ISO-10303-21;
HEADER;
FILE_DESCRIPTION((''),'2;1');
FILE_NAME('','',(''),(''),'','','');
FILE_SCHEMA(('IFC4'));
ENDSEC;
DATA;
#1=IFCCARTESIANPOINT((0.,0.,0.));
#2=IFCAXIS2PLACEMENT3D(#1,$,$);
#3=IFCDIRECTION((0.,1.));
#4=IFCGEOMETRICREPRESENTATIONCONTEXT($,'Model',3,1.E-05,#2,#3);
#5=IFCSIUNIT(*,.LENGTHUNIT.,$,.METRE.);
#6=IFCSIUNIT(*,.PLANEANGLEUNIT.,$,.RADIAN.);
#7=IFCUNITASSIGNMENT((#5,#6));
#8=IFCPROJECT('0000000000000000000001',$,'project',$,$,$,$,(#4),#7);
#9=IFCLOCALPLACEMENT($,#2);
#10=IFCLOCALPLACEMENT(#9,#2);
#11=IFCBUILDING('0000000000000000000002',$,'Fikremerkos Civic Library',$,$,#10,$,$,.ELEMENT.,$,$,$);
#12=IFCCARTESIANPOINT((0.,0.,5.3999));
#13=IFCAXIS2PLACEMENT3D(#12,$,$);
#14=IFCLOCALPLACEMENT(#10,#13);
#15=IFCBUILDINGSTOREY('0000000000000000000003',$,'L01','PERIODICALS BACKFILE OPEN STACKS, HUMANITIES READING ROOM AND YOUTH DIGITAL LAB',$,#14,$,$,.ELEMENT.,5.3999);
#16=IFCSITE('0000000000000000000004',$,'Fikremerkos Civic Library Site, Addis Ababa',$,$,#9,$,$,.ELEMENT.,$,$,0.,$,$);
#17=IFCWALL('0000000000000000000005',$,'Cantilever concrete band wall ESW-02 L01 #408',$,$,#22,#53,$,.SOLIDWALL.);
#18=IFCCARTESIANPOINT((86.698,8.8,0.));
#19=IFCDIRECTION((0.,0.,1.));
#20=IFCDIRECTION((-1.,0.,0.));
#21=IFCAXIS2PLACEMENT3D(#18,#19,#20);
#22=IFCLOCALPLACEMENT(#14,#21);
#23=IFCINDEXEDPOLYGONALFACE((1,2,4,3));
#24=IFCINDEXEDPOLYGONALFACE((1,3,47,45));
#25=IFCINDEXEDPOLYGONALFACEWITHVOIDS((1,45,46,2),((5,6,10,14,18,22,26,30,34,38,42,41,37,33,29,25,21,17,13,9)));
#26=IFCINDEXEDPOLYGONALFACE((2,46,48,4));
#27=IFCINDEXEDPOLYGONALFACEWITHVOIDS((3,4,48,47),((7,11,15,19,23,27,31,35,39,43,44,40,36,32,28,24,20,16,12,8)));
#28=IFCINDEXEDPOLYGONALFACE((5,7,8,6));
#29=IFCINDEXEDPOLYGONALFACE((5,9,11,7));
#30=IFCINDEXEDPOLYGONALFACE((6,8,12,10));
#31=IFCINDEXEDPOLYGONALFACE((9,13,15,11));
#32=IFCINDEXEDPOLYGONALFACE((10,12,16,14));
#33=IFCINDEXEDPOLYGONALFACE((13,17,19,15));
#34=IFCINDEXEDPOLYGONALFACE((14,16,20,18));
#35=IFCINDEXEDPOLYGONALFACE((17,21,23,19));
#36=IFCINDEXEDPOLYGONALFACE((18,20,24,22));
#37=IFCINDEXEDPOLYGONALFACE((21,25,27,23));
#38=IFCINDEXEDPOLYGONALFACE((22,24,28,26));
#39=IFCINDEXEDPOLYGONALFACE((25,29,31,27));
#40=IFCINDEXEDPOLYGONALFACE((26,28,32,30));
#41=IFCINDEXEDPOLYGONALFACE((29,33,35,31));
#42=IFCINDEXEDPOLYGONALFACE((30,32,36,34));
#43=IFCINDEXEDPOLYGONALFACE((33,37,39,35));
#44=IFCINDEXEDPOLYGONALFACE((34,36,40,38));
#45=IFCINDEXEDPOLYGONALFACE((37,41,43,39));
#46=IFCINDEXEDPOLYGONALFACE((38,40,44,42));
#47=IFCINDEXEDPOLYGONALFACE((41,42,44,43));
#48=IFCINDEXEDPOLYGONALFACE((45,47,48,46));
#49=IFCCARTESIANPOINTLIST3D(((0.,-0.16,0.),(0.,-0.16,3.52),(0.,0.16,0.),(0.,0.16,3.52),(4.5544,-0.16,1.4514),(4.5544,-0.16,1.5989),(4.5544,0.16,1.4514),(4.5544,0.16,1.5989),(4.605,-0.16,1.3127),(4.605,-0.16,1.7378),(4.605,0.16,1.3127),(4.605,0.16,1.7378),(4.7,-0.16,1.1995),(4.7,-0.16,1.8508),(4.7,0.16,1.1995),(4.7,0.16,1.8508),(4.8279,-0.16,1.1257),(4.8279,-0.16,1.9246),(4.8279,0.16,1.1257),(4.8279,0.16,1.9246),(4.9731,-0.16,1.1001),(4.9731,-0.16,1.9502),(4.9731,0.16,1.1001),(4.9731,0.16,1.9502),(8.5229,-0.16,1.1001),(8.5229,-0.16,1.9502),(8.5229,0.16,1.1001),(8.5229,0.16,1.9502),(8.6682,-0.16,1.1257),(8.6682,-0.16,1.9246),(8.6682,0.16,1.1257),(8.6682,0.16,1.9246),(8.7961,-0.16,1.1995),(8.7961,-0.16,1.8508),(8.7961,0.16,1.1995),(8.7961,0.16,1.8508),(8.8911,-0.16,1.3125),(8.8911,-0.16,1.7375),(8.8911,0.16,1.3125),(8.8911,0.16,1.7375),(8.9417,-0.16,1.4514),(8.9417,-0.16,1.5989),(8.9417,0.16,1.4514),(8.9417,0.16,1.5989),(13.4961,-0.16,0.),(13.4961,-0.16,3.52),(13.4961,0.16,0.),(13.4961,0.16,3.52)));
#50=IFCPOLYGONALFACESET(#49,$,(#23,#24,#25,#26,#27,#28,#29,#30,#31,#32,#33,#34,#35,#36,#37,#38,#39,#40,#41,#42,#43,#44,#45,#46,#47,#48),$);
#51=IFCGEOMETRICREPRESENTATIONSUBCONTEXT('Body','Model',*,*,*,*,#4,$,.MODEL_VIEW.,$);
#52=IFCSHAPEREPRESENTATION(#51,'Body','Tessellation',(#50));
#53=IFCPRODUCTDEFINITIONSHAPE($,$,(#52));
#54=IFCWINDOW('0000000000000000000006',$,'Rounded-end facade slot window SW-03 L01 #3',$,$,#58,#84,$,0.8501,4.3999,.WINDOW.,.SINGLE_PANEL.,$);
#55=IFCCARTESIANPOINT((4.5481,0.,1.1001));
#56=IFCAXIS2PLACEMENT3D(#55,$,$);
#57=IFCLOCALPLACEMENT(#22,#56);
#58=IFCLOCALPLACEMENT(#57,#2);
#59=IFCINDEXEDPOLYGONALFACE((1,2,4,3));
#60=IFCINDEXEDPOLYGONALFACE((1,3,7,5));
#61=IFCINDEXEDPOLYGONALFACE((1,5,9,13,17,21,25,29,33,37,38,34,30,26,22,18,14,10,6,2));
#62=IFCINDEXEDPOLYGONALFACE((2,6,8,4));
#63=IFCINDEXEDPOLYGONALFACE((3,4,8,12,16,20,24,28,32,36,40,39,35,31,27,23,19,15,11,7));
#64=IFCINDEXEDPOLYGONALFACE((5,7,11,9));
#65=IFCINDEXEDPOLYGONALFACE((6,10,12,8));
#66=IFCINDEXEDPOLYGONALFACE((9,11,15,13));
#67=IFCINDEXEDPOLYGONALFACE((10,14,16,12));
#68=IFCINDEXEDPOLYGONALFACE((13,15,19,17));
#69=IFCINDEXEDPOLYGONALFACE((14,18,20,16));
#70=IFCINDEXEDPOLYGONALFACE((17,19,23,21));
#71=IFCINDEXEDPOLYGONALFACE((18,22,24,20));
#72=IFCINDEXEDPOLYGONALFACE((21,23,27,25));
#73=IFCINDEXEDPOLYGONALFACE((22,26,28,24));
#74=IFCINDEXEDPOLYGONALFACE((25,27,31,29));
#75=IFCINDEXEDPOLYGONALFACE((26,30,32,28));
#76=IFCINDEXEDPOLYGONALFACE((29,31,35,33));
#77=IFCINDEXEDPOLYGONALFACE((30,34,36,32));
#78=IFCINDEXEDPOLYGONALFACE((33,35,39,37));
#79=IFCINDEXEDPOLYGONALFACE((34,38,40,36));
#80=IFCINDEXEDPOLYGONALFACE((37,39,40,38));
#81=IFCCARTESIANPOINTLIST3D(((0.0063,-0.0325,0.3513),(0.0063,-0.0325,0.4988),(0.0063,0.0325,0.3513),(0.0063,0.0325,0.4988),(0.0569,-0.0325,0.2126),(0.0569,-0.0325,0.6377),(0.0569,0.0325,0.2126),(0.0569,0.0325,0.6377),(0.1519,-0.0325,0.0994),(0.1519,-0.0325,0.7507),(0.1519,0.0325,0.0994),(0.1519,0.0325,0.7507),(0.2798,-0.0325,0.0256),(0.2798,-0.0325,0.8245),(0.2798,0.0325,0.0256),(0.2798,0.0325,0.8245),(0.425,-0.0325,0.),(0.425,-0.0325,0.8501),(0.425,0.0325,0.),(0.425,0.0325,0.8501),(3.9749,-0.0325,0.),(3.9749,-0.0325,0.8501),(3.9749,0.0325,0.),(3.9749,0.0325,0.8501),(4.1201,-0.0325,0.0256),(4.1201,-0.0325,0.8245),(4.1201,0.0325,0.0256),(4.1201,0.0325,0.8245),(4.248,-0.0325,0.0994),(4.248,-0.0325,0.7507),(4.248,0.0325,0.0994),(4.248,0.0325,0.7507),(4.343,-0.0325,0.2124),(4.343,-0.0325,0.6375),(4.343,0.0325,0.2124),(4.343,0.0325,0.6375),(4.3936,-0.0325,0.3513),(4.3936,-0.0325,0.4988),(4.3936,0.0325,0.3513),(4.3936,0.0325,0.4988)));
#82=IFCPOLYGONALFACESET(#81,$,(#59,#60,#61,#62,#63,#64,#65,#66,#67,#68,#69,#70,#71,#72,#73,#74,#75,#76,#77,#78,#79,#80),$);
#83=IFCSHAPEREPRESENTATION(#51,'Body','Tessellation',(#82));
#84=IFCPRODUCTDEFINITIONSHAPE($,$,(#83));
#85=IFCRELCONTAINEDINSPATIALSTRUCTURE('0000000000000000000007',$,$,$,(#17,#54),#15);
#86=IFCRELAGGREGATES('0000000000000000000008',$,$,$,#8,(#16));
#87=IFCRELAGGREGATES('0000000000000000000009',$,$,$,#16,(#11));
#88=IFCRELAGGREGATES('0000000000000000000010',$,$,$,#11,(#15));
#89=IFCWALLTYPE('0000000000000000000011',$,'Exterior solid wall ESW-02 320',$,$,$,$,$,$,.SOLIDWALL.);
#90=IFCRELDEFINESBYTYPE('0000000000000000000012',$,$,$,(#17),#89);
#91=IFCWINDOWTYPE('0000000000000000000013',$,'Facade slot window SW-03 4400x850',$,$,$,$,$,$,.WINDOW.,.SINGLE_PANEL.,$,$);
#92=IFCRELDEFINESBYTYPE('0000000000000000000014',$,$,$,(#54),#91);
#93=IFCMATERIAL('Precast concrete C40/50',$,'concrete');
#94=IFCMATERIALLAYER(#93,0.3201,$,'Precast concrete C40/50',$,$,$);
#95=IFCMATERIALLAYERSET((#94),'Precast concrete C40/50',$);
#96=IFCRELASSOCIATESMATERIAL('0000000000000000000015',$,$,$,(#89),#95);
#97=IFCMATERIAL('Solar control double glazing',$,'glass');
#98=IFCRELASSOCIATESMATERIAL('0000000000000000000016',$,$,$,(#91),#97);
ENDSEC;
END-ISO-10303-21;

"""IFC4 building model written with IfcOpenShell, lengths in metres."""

from ifc_helpers import new_model, si_unit, direction, frame, frame_2d, origin, place, context, subcontext, project, spatial, polyline, rectangle, outline, extrude, material, layer, layer_set, type_object, element, fill, save


model = new_model("IFC4")

# Units and contexts
model_context = context("Model", 3, precision=1e-05, world=origin(), true_north=direction((0.0, 1.0)))
body_context = subcontext(model_context, "Body", "Model", "MODEL_VIEW")
ifc_project = project(units=[si_unit("LENGTHUNIT", "METRE"), si_unit("PLANEANGLEUNIT", "RADIAN")], contexts=[model_context])

# Site, building, storey
site_placement = place(None, origin())
site = spatial("IfcSite", under=ifc_project, at=site_placement, Name="Fikremerkos Civic Library Site, Addis Ababa", CompositionType="ELEMENT", RefElevation=0.0)
building_placement = place(site_placement, origin())
building = spatial("IfcBuilding", under=site, at=building_placement, Name="Fikremerkos Civic Library", CompositionType="ELEMENT")
storey_placement = place(building_placement, frame((0.0, 0.0, 5.3999)))
storey = spatial("IfcBuildingStorey", under=building, at=storey_placement, Name="L01", Description="PERIODICALS BACKFILE OPEN STACKS, HUMANITIES READING ROOM AND YOUTH DIGITAL LAB", CompositionType="ELEMENT", Elevation=5.3999)

# Wall, opening, window
ifc_material_1 = material(Name="Precast concrete C40/50", Category="concrete")
ifc_layer_1 = layer(ifc_material_1, 0.3201, Name="Precast concrete C40/50")
ifc_layer_set_1 = layer_set([ifc_layer_1], Name="Precast concrete C40/50")
wall_type_1 = type_object("IfcWallType", Name="Exterior solid wall ESW-02 320", PredefinedType="SOLIDWALL", material=ifc_layer_set_1)
wall_1_placement = place(storey_placement, frame((86.698, 8.8, 0.0), z_axis=(0.0, 0.0, 1.0), x_axis=(-1.0, 0.0, 0.0)))
wall_1 = element("IfcWall", 1, at=wall_1_placement, inside=storey, type_object=wall_type_1, Name="Cantilever concrete band wall ESW-02 L01 #408", PredefinedType="SOLIDWALL", context=body_context, shape_type="SweptSolid", body=[
    extrude(rectangle(XDim=13.4961, YDim=0.3201, at=frame_2d((6.748, 0.0))), origin(), (0.0, 0.0, 1.0), 3.52),
])
opening_1_placement = place(wall_1_placement, frame((4.5481, 0.0, 1.1001)))
opening_1 = element("IfcOpeningElement", 2, at=opening_1_placement, cuts=wall_1, PredefinedType="OPENING", context=body_context, shape_type="SweptSolid", body=[
    extrude(outline(polyline([(0.425, 0.8501), (0.2798, 0.8245), (0.1519, 0.7507), (0.0569, 0.6377), (0.0063, 0.4988), (0.0063, 0.3513), (0.0569, 0.2126), (0.1519, 0.0994), (0.2798, 0.0256), (0.425, 0.0), (3.9749, 0.0), (4.1201, 0.0256), (4.248, 0.0994), (4.343, 0.2124), (4.3936, 0.3513), (4.3936, 0.4988), (4.343, 0.6375), (4.248, 0.7507), (4.1201, 0.8245), (3.9749, 0.8501), (0.425, 0.8501)])), frame((0.0, 0.1699, 0.0), z_axis=(0.0, -1.0, 0.0), x_axis=(1.0, 0.0, 0.0)), (0.0, 0.0, 1.0), 0.3401),
])
ifc_material_2 = material(Name="Solar control double glazing", Category="glass")
window_type = type_object("IfcWindowType", Name="Facade slot window SW-03 4400x850", PartitioningType="SINGLE_PANEL", PredefinedType="WINDOW", material=ifc_material_2)
window_placement = place(opening_1_placement, origin())
window = element("IfcWindow", 3, at=window_placement, inside=storey, type_object=window_type, Name="Rounded-end facade slot window SW-03 L01 #3", OverallHeight=0.8501, OverallWidth=4.3999, PartitioningType="SINGLE_PANEL", PredefinedType="WINDOW", context=body_context, shape_type="SweptSolid", body=[
    extrude(outline(polyline([(0.425, 0.8501), (0.2798, 0.8245), (0.1519, 0.7507), (0.0569, 0.6377), (0.0063, 0.4988), (0.0063, 0.3513), (0.0569, 0.2126), (0.1519, 0.0994), (0.2798, 0.0256), (0.425, 0.0), (3.9749, 0.0), (4.1201, 0.0256), (4.248, 0.0994), (4.343, 0.2124), (4.3936, 0.3513), (4.3936, 0.4988), (4.343, 0.6375), (4.248, 0.7507), (4.1201, 0.8245), (3.9749, 0.8501), (0.425, 0.8501)])), frame((0.0, 0.0325, 0.0), z_axis=(0.0, -1.0, 0.0), x_axis=(1.0, 0.0, 0.0)), (0.0, 0.0, 1.0), 0.0649),
])
fill(opening_1, window)

save(model, "model.ifc")
